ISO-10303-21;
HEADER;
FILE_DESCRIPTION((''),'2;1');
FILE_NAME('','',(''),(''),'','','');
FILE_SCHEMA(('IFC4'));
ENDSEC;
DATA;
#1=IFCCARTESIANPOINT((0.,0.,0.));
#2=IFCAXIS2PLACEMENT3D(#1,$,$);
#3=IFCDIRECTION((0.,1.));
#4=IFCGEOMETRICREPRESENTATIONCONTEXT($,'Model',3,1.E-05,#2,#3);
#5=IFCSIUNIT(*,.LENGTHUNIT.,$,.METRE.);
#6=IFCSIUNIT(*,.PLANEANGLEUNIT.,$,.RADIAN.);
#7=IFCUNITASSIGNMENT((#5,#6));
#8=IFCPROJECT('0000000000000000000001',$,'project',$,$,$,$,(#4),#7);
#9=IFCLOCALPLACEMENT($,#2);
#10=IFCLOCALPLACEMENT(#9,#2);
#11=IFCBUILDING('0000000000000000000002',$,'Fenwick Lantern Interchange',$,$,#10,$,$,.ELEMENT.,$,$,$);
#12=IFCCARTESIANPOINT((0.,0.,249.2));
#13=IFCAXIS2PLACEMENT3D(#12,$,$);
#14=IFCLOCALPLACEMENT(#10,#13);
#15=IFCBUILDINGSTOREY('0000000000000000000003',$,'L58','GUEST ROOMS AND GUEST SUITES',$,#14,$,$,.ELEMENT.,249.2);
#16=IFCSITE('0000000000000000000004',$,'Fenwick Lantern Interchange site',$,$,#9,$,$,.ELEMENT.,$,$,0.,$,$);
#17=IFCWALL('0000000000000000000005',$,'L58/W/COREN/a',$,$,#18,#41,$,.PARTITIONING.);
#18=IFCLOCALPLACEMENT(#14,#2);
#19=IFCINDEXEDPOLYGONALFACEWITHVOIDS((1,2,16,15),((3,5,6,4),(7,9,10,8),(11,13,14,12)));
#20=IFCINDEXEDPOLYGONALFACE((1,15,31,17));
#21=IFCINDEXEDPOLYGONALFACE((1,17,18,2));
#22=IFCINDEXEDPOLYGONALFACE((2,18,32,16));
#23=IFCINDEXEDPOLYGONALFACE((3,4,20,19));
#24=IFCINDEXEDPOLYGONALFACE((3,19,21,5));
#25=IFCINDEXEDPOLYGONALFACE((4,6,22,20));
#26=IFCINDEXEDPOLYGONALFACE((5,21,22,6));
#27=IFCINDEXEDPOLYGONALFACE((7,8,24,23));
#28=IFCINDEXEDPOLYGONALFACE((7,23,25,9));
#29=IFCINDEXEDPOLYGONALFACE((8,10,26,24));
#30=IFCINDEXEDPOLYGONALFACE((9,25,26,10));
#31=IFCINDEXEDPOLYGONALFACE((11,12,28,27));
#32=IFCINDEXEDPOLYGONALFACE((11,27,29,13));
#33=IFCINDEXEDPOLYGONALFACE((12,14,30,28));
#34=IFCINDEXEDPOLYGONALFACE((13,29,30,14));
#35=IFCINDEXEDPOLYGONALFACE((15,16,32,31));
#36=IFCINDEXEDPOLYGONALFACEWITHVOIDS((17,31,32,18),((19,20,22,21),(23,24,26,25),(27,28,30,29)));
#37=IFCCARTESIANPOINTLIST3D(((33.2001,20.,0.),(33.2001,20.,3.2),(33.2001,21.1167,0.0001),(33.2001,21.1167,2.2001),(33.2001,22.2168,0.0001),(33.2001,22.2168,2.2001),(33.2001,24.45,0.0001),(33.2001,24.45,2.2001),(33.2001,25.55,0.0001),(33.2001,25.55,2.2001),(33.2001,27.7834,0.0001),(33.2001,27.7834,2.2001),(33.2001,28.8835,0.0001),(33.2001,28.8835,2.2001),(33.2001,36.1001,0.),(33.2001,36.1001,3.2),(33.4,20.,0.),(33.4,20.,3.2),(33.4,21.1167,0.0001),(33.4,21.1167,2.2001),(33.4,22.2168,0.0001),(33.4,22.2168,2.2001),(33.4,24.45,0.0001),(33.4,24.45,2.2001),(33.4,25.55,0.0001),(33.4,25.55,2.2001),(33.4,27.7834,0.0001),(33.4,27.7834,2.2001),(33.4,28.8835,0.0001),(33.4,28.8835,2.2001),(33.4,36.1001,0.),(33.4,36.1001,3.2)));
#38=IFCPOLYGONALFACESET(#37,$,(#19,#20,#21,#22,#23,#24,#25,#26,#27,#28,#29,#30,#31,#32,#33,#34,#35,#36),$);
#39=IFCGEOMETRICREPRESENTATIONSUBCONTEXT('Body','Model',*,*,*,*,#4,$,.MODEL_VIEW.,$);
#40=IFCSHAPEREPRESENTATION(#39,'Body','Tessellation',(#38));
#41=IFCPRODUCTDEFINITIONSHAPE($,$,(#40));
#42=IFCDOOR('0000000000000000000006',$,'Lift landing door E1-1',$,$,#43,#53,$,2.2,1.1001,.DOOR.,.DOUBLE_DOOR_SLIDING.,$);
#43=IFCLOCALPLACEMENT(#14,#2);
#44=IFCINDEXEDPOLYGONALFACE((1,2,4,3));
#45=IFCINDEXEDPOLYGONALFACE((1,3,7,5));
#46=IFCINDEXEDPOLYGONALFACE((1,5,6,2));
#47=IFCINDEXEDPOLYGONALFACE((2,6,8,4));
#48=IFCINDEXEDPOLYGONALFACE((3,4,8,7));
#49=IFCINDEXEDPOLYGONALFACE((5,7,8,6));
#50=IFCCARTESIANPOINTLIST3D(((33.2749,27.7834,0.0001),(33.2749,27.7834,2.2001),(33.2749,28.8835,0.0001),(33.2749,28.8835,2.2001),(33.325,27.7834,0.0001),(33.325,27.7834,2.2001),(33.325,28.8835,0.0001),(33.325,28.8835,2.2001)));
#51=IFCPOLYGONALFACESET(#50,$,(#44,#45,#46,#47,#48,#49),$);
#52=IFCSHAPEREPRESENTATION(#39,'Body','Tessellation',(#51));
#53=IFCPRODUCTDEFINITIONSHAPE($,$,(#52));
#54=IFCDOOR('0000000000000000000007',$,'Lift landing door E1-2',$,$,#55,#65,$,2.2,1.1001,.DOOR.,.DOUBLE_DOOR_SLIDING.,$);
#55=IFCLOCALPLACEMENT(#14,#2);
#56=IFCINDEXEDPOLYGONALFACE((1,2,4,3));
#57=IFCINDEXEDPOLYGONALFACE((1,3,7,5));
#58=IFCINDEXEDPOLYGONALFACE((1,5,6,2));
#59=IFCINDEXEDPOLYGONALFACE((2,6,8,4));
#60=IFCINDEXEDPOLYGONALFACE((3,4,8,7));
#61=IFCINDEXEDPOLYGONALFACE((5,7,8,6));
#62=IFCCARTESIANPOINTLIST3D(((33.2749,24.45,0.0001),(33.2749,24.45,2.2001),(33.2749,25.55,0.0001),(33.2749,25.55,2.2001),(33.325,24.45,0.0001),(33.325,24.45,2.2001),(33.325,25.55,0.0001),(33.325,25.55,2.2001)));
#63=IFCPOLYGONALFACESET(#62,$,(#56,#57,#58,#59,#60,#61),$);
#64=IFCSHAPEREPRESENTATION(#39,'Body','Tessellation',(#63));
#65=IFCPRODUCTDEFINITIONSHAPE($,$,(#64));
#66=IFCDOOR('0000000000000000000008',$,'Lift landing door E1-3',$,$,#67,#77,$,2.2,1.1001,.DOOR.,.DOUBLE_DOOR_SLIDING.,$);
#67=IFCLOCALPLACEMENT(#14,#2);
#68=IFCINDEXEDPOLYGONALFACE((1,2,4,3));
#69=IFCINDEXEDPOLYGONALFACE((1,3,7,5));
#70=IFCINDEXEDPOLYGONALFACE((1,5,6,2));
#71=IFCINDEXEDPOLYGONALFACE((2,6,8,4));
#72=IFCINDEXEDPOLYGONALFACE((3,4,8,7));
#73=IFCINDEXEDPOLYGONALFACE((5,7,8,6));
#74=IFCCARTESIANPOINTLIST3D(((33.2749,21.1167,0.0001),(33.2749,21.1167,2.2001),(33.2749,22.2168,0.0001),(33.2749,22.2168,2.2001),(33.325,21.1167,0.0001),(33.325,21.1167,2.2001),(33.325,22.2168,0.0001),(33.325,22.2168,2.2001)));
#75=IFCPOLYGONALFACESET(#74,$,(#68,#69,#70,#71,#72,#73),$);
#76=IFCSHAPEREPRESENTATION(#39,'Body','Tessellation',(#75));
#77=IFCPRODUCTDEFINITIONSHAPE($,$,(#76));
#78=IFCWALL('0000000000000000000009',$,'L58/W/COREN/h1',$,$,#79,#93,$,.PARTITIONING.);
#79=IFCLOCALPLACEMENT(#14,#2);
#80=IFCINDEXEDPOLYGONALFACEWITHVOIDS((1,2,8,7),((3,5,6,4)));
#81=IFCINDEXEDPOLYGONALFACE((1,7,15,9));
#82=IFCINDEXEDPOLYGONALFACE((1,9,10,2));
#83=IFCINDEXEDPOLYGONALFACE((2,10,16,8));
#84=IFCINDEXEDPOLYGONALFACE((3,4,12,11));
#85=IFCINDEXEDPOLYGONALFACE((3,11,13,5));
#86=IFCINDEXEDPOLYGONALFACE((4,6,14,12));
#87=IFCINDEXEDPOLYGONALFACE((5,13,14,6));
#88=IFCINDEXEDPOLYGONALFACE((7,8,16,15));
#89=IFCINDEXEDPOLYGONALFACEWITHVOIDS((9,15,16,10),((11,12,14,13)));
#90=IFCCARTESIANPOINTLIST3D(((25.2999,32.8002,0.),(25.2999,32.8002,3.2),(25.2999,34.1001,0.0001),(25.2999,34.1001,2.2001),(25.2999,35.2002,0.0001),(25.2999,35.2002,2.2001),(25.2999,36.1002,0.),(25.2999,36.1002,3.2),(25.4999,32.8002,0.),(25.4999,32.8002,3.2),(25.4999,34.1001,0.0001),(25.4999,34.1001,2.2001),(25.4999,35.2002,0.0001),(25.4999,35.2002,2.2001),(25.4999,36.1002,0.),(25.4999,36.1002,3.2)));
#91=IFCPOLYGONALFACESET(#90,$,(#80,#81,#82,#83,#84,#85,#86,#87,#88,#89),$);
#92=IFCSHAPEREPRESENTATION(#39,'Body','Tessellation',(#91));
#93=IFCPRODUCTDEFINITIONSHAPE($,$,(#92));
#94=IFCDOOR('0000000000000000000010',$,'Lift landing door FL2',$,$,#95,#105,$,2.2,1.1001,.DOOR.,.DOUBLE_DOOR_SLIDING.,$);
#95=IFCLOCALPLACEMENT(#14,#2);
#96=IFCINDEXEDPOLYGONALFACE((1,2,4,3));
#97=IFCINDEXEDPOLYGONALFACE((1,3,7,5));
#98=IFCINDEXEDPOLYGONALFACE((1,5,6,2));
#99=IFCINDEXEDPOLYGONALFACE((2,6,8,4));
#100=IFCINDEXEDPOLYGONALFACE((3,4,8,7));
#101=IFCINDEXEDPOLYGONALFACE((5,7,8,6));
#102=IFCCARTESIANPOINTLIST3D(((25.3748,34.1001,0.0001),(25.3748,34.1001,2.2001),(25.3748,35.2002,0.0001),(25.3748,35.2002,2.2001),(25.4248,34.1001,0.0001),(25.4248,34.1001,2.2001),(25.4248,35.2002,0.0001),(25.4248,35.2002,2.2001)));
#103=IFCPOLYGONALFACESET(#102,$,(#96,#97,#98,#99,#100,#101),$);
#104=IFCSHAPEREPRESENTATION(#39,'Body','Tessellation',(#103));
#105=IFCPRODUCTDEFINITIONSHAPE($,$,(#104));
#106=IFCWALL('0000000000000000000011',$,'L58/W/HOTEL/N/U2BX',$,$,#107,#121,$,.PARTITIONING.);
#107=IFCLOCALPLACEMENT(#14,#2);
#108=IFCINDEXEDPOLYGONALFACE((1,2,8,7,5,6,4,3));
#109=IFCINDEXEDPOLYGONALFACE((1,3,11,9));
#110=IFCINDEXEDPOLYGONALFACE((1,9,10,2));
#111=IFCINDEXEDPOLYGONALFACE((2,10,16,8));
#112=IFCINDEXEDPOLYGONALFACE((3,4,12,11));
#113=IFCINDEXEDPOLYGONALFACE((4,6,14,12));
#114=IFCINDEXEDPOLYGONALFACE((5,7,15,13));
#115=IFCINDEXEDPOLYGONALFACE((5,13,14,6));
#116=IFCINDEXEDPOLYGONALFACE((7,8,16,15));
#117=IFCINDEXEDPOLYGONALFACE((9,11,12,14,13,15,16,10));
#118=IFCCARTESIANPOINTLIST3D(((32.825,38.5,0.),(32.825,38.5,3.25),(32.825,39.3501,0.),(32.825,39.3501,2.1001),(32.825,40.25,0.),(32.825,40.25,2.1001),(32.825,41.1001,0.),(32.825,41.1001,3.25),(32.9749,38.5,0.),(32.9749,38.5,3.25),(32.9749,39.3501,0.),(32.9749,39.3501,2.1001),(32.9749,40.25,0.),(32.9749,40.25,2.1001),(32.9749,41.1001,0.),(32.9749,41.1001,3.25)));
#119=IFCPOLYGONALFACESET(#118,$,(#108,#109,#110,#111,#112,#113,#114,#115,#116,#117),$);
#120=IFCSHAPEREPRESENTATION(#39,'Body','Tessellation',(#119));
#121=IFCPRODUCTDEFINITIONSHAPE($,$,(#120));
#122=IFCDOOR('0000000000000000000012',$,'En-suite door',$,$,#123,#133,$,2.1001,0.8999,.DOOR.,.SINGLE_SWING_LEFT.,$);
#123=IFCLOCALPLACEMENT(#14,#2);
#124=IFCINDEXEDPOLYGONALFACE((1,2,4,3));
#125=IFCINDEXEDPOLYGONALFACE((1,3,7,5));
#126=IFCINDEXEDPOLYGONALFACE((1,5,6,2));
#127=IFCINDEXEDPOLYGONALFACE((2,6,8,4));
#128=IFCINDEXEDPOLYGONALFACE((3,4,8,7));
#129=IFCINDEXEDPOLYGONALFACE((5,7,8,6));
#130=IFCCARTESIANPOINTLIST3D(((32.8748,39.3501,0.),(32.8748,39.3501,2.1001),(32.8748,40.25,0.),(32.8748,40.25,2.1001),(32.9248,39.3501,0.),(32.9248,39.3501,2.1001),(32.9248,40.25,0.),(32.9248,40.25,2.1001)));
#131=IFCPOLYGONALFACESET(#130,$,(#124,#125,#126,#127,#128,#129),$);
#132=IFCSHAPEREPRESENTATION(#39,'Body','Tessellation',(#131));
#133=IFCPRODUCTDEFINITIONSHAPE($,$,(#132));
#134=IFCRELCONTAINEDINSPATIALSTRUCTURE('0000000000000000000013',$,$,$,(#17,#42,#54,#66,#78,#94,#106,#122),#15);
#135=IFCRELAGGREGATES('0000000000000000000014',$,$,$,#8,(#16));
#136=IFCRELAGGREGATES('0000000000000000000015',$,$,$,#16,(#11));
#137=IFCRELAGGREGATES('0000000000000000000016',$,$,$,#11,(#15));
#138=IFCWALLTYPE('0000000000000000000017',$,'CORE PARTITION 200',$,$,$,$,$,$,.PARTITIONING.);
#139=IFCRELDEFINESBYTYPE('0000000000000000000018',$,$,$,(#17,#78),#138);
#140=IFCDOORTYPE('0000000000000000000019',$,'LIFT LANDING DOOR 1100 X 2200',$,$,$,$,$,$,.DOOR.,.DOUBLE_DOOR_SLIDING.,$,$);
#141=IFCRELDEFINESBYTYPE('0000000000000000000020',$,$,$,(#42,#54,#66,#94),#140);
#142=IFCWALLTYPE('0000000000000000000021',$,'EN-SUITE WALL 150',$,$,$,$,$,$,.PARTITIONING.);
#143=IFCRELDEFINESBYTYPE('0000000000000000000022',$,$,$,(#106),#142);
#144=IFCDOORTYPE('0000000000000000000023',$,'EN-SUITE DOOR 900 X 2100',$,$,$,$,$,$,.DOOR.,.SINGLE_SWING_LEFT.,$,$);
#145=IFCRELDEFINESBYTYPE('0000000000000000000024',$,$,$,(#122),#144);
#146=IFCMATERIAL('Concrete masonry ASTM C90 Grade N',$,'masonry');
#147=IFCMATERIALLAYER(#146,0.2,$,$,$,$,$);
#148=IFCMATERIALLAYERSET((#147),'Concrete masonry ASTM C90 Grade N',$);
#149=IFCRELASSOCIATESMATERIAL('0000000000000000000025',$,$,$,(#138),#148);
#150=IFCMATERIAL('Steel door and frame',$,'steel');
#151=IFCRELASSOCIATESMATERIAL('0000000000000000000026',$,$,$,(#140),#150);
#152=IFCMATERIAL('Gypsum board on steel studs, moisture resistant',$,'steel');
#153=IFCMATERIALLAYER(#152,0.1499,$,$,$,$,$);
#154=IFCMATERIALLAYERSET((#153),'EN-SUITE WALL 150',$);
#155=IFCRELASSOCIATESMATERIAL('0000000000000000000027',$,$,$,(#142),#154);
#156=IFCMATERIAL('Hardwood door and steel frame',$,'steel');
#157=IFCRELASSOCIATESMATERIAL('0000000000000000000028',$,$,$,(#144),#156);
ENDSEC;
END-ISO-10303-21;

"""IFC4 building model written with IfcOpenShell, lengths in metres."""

from ifc_helpers import new_model, si_unit, direction, frame, frame_2d, origin, place, context, subcontext, project, spatial, rectangle, extrude, material, layer, layer_set, type_object, element, fill, save


model = new_model("IFC4")

# Units and contexts
model_context = context("Model", 3, precision=1e-05, world=origin(), true_north=direction((0.0, 1.0)))
body_context = subcontext(model_context, "Body", "Model", "MODEL_VIEW")
ifc_project = project(units=[si_unit("LENGTHUNIT", "METRE"), si_unit("PLANEANGLEUNIT", "RADIAN")], contexts=[model_context])

# Site, building, storey
site_placement = place(None, origin())
site = spatial("IfcSite", under=ifc_project, at=site_placement, Name="Fenwick Lantern Interchange site", CompositionType="ELEMENT", RefElevation=0.0)
building_placement = place(site_placement, origin())
building = spatial("IfcBuilding", under=site, at=building_placement, Name="Fenwick Lantern Interchange", CompositionType="ELEMENT")
storey_placement = place(building_placement, frame((0.0, 0.0, 249.2)))
storey = spatial("IfcBuildingStorey", under=building, at=storey_placement, Name="L58", Description="GUEST ROOMS AND GUEST SUITES", CompositionType="ELEMENT", Elevation=249.2)

# Wall, openings, doors
ifc_material_1 = material(Name="Concrete masonry ASTM C90 Grade N", Category="masonry")
ifc_layer_1 = layer(ifc_material_1, 0.2)
ifc_layer_set_1 = layer_set([ifc_layer_1], Name="Concrete masonry ASTM C90 Grade N")
wall_type_1 = type_object("IfcWallType", Name="CORE PARTITION 200", PredefinedType="PARTITIONING", material=ifc_layer_set_1)
wall_1_placement = place(storey_placement, frame((33.3, 36.1001, 0.0), z_axis=(0.0, 0.0, 1.0), x_axis=(0.0, -1.0, 0.0)))
wall_1 = element("IfcWall", 1, at=wall_1_placement, inside=storey, type_object=wall_type_1, Name="L58/W/COREN/a", PredefinedType="PARTITIONING", context=body_context, shape_type="SweptSolid", body=[
    extrude(rectangle(XDim=16.1001, YDim=0.2, at=frame_2d((8.05, 0.0))), origin(), (0.0, 0.0, 1.0), 3.2),
])
opening_1_placement = place(wall_1_placement, frame((7.2166, 0.0, 0.0)))
opening_1 = element("IfcOpeningElement", 2, at=opening_1_placement, cuts=wall_1, PredefinedType="OPENING", context=body_context, shape_type="SweptSolid", body=[
    extrude(rectangle(XDim=1.1001, YDim=2.2, at=frame_2d((0.55, 1.1001))), frame((0.0, 0.1099, 0.0), z_axis=(0.0, -1.0, 0.0), x_axis=(1.0, 0.0, 0.0)), (0.0, 0.0, 1.0), 0.22),
])
opening_2_placement = place(wall_1_placement, frame((10.55, 0.0, 0.0)))
opening_2 = element("IfcOpeningElement", 3, at=opening_2_placement, cuts=wall_1, PredefinedType="OPENING", context=body_context, shape_type="SweptSolid", body=[
    extrude(rectangle(XDim=1.1001, YDim=2.2, at=frame_2d((0.55, 1.1001))), frame((0.0, 0.1099, 0.0), z_axis=(0.0, -1.0, 0.0), x_axis=(1.0, 0.0, 0.0)), (0.0, 0.0, 1.0), 0.22),
])
opening_3_placement = place(wall_1_placement, frame((13.8833, 0.0, 0.0)))
opening_3 = element("IfcOpeningElement", 4, at=opening_3_placement, cuts=wall_1, PredefinedType="OPENING", context=body_context, shape_type="SweptSolid", body=[
    extrude(rectangle(XDim=1.1001, YDim=2.2, at=frame_2d((0.55, 1.1001))), frame((0.0, 0.1099, 0.0), z_axis=(0.0, -1.0, 0.0), x_axis=(1.0, 0.0, 0.0)), (0.0, 0.0, 1.0), 0.22),
])
ifc_material_2 = material(Name="Steel door and frame", Category="steel")
door_type_1 = type_object("IfcDoorType", Name="LIFT LANDING DOOR 1100 X 2200", OperationType="DOUBLE_DOOR_SLIDING", PredefinedType="DOOR", material=ifc_material_2)
door_1_placement = place(opening_1_placement, origin())
door_1 = element("IfcDoor", 5, at=door_1_placement, inside=storey, type_object=door_type_1, Name="Lift landing door E1-1", OperationType="DOUBLE_DOOR_SLIDING", OverallHeight=2.2, OverallWidth=1.1001, PredefinedType="DOOR", context=body_context, shape_type="SweptSolid", body=[
    extrude(rectangle(XDim=1.1001, YDim=2.2, at=frame_2d((0.55, 1.1001))), frame((0.0, 0.0249, 0.0), z_axis=(0.0, -1.0, 0.0), x_axis=(1.0, 0.0, 0.0)), (0.0, 0.0, 1.0), 0.05),
])
fill(opening_1, door_1)
door_2_placement = place(opening_2_placement, origin())
door_2 = element("IfcDoor", 6, at=door_2_placement, inside=storey, type_object=door_type_1, Name="Lift landing door E1-2", OperationType="DOUBLE_DOOR_SLIDING", OverallHeight=2.2, OverallWidth=1.1001, PredefinedType="DOOR", context=body_context, shape_type="SweptSolid", body=[
    extrude(rectangle(XDim=1.1001, YDim=2.2, at=frame_2d((0.55, 1.1001))), frame((0.0, 0.0249, 0.0), z_axis=(0.0, -1.0, 0.0), x_axis=(1.0, 0.0, 0.0)), (0.0, 0.0, 1.0), 0.05),
])
fill(opening_2, door_2)
door_3_placement = place(opening_3_placement, origin())
door_3 = element("IfcDoor", 7, at=door_3_placement, inside=storey, type_object=door_type_1, Name="Lift landing door E1-3", OperationType="DOUBLE_DOOR_SLIDING", OverallHeight=2.2, OverallWidth=1.1001, PredefinedType="DOOR", context=body_context, shape_type="SweptSolid", body=[
    extrude(rectangle(XDim=1.1001, YDim=2.2, at=frame_2d((0.55, 1.1001))), frame((0.0, 0.0249, 0.0), z_axis=(0.0, -1.0, 0.0), x_axis=(1.0, 0.0, 0.0)), (0.0, 0.0, 1.0), 0.05),
])
fill(opening_3, door_3)

# Walls, openings, doors
wall_2_placement = place(storey_placement, frame((25.3999, 36.1001, 0.0), z_axis=(0.0, 0.0, 1.0), x_axis=(0.0, -1.0, 0.0)))
wall_2 = element("IfcWall", 8, at=wall_2_placement, inside=storey, type_object=wall_type_1, Name="L58/W/COREN/h1", PredefinedType="PARTITIONING", context=body_context, shape_type="SweptSolid", body=[
    extrude(rectangle(XDim=3.3, YDim=0.2, at=frame_2d((1.6499, 0.0))), origin(), (0.0, 0.0, 1.0), 3.2),
])
opening_4_placement = place(wall_2_placement, frame((0.8999, 0.0, 0.0)))
opening_4 = element("IfcOpeningElement", 9, at=opening_4_placement, cuts=wall_2, PredefinedType="OPENING", context=body_context, shape_type="SweptSolid", body=[
    extrude(rectangle(XDim=1.1001, YDim=2.2, at=frame_2d((0.55, 1.1001))), frame((0.0, 0.1099, 0.0), z_axis=(0.0, -1.0, 0.0), x_axis=(1.0, 0.0, 0.0)), (0.0, 0.0, 1.0), 0.22),
])
door_4_placement = place(opening_4_placement, origin())
door_4 = element("IfcDoor", 10, at=door_4_placement, inside=storey, type_object=door_type_1, Name="Lift landing door FL2", OperationType="DOUBLE_DOOR_SLIDING", OverallHeight=2.2, OverallWidth=1.1001, PredefinedType="DOOR", context=body_context, shape_type="SweptSolid", body=[
    extrude(rectangle(XDim=1.1001, YDim=2.2, at=frame_2d((0.55, 1.1001))), frame((0.0, 0.0249, 0.0), z_axis=(0.0, -1.0, 0.0), x_axis=(1.0, 0.0, 0.0)), (0.0, 0.0, 1.0), 0.05),
])
fill(opening_4, door_4)
ifc_material_3 = material(Name="Gypsum board on steel studs, moisture resistant", Category="steel")
ifc_layer_2 = layer(ifc_material_3, 0.1499)
ifc_layer_set_2 = layer_set([ifc_layer_2], Name="EN-SUITE WALL 150")
wall_type_2 = type_object("IfcWallType", Name="EN-SUITE WALL 150", PredefinedType="PARTITIONING", material=ifc_layer_set_2)
wall_3_placement = place(storey_placement, frame((32.8999, 41.1001, 0.0), z_axis=(0.0, 0.0, 1.0), x_axis=(0.0, -1.0, 0.0)))
wall_3 = element("IfcWall", 11, at=wall_3_placement, inside=storey, type_object=wall_type_2, Name="L58/W/HOTEL/N/U2BX", PredefinedType="PARTITIONING", context=body_context, shape_type="SweptSolid", body=[
    extrude(rectangle(XDim=2.6001, YDim=0.1499, at=frame_2d((1.3, 0.0))), origin(), (0.0, 0.0, 1.0), 3.25),
])
opening_5_placement = place(wall_3_placement, frame((0.8501, 0.0, 0.0)))
opening_5 = element("IfcOpeningElement", 12, at=opening_5_placement, cuts=wall_3, PredefinedType="OPENING", context=body_context, shape_type="SweptSolid", body=[
    extrude(rectangle(XDim=0.8999, YDim=2.1001, at=frame_2d((0.45, 1.05))), frame((0.0, 0.085, 0.0), z_axis=(0.0, -1.0, 0.0), x_axis=(1.0, 0.0, 0.0)), (0.0, 0.0, 1.0), 0.1699),
])
ifc_material_4 = material(Name="Hardwood door and steel frame", Category="steel")
door_type_2 = type_object("IfcDoorType", Name="EN-SUITE DOOR 900 X 2100", OperationType="SINGLE_SWING_LEFT", PredefinedType="DOOR", material=ifc_material_4)
door_5_placement = place(opening_5_placement, origin())
door_5 = element("IfcDoor", 13, at=door_5_placement, inside=storey, type_object=door_type_2, Name="En-suite door", OperationType="SINGLE_SWING_LEFT", OverallHeight=2.1001, OverallWidth=0.8999, PredefinedType="DOOR", context=body_context, shape_type="SweptSolid", body=[
    extrude(rectangle(XDim=0.8999, YDim=2.1001, at=frame_2d((0.45, 1.05))), frame((0.0, 0.0249, 0.0), z_axis=(0.0, -1.0, 0.0), x_axis=(1.0, 0.0, 0.0)), (0.0, 0.0, 1.0), 0.05),
])
fill(opening_5, door_5)

save(model, "model.ifc")
